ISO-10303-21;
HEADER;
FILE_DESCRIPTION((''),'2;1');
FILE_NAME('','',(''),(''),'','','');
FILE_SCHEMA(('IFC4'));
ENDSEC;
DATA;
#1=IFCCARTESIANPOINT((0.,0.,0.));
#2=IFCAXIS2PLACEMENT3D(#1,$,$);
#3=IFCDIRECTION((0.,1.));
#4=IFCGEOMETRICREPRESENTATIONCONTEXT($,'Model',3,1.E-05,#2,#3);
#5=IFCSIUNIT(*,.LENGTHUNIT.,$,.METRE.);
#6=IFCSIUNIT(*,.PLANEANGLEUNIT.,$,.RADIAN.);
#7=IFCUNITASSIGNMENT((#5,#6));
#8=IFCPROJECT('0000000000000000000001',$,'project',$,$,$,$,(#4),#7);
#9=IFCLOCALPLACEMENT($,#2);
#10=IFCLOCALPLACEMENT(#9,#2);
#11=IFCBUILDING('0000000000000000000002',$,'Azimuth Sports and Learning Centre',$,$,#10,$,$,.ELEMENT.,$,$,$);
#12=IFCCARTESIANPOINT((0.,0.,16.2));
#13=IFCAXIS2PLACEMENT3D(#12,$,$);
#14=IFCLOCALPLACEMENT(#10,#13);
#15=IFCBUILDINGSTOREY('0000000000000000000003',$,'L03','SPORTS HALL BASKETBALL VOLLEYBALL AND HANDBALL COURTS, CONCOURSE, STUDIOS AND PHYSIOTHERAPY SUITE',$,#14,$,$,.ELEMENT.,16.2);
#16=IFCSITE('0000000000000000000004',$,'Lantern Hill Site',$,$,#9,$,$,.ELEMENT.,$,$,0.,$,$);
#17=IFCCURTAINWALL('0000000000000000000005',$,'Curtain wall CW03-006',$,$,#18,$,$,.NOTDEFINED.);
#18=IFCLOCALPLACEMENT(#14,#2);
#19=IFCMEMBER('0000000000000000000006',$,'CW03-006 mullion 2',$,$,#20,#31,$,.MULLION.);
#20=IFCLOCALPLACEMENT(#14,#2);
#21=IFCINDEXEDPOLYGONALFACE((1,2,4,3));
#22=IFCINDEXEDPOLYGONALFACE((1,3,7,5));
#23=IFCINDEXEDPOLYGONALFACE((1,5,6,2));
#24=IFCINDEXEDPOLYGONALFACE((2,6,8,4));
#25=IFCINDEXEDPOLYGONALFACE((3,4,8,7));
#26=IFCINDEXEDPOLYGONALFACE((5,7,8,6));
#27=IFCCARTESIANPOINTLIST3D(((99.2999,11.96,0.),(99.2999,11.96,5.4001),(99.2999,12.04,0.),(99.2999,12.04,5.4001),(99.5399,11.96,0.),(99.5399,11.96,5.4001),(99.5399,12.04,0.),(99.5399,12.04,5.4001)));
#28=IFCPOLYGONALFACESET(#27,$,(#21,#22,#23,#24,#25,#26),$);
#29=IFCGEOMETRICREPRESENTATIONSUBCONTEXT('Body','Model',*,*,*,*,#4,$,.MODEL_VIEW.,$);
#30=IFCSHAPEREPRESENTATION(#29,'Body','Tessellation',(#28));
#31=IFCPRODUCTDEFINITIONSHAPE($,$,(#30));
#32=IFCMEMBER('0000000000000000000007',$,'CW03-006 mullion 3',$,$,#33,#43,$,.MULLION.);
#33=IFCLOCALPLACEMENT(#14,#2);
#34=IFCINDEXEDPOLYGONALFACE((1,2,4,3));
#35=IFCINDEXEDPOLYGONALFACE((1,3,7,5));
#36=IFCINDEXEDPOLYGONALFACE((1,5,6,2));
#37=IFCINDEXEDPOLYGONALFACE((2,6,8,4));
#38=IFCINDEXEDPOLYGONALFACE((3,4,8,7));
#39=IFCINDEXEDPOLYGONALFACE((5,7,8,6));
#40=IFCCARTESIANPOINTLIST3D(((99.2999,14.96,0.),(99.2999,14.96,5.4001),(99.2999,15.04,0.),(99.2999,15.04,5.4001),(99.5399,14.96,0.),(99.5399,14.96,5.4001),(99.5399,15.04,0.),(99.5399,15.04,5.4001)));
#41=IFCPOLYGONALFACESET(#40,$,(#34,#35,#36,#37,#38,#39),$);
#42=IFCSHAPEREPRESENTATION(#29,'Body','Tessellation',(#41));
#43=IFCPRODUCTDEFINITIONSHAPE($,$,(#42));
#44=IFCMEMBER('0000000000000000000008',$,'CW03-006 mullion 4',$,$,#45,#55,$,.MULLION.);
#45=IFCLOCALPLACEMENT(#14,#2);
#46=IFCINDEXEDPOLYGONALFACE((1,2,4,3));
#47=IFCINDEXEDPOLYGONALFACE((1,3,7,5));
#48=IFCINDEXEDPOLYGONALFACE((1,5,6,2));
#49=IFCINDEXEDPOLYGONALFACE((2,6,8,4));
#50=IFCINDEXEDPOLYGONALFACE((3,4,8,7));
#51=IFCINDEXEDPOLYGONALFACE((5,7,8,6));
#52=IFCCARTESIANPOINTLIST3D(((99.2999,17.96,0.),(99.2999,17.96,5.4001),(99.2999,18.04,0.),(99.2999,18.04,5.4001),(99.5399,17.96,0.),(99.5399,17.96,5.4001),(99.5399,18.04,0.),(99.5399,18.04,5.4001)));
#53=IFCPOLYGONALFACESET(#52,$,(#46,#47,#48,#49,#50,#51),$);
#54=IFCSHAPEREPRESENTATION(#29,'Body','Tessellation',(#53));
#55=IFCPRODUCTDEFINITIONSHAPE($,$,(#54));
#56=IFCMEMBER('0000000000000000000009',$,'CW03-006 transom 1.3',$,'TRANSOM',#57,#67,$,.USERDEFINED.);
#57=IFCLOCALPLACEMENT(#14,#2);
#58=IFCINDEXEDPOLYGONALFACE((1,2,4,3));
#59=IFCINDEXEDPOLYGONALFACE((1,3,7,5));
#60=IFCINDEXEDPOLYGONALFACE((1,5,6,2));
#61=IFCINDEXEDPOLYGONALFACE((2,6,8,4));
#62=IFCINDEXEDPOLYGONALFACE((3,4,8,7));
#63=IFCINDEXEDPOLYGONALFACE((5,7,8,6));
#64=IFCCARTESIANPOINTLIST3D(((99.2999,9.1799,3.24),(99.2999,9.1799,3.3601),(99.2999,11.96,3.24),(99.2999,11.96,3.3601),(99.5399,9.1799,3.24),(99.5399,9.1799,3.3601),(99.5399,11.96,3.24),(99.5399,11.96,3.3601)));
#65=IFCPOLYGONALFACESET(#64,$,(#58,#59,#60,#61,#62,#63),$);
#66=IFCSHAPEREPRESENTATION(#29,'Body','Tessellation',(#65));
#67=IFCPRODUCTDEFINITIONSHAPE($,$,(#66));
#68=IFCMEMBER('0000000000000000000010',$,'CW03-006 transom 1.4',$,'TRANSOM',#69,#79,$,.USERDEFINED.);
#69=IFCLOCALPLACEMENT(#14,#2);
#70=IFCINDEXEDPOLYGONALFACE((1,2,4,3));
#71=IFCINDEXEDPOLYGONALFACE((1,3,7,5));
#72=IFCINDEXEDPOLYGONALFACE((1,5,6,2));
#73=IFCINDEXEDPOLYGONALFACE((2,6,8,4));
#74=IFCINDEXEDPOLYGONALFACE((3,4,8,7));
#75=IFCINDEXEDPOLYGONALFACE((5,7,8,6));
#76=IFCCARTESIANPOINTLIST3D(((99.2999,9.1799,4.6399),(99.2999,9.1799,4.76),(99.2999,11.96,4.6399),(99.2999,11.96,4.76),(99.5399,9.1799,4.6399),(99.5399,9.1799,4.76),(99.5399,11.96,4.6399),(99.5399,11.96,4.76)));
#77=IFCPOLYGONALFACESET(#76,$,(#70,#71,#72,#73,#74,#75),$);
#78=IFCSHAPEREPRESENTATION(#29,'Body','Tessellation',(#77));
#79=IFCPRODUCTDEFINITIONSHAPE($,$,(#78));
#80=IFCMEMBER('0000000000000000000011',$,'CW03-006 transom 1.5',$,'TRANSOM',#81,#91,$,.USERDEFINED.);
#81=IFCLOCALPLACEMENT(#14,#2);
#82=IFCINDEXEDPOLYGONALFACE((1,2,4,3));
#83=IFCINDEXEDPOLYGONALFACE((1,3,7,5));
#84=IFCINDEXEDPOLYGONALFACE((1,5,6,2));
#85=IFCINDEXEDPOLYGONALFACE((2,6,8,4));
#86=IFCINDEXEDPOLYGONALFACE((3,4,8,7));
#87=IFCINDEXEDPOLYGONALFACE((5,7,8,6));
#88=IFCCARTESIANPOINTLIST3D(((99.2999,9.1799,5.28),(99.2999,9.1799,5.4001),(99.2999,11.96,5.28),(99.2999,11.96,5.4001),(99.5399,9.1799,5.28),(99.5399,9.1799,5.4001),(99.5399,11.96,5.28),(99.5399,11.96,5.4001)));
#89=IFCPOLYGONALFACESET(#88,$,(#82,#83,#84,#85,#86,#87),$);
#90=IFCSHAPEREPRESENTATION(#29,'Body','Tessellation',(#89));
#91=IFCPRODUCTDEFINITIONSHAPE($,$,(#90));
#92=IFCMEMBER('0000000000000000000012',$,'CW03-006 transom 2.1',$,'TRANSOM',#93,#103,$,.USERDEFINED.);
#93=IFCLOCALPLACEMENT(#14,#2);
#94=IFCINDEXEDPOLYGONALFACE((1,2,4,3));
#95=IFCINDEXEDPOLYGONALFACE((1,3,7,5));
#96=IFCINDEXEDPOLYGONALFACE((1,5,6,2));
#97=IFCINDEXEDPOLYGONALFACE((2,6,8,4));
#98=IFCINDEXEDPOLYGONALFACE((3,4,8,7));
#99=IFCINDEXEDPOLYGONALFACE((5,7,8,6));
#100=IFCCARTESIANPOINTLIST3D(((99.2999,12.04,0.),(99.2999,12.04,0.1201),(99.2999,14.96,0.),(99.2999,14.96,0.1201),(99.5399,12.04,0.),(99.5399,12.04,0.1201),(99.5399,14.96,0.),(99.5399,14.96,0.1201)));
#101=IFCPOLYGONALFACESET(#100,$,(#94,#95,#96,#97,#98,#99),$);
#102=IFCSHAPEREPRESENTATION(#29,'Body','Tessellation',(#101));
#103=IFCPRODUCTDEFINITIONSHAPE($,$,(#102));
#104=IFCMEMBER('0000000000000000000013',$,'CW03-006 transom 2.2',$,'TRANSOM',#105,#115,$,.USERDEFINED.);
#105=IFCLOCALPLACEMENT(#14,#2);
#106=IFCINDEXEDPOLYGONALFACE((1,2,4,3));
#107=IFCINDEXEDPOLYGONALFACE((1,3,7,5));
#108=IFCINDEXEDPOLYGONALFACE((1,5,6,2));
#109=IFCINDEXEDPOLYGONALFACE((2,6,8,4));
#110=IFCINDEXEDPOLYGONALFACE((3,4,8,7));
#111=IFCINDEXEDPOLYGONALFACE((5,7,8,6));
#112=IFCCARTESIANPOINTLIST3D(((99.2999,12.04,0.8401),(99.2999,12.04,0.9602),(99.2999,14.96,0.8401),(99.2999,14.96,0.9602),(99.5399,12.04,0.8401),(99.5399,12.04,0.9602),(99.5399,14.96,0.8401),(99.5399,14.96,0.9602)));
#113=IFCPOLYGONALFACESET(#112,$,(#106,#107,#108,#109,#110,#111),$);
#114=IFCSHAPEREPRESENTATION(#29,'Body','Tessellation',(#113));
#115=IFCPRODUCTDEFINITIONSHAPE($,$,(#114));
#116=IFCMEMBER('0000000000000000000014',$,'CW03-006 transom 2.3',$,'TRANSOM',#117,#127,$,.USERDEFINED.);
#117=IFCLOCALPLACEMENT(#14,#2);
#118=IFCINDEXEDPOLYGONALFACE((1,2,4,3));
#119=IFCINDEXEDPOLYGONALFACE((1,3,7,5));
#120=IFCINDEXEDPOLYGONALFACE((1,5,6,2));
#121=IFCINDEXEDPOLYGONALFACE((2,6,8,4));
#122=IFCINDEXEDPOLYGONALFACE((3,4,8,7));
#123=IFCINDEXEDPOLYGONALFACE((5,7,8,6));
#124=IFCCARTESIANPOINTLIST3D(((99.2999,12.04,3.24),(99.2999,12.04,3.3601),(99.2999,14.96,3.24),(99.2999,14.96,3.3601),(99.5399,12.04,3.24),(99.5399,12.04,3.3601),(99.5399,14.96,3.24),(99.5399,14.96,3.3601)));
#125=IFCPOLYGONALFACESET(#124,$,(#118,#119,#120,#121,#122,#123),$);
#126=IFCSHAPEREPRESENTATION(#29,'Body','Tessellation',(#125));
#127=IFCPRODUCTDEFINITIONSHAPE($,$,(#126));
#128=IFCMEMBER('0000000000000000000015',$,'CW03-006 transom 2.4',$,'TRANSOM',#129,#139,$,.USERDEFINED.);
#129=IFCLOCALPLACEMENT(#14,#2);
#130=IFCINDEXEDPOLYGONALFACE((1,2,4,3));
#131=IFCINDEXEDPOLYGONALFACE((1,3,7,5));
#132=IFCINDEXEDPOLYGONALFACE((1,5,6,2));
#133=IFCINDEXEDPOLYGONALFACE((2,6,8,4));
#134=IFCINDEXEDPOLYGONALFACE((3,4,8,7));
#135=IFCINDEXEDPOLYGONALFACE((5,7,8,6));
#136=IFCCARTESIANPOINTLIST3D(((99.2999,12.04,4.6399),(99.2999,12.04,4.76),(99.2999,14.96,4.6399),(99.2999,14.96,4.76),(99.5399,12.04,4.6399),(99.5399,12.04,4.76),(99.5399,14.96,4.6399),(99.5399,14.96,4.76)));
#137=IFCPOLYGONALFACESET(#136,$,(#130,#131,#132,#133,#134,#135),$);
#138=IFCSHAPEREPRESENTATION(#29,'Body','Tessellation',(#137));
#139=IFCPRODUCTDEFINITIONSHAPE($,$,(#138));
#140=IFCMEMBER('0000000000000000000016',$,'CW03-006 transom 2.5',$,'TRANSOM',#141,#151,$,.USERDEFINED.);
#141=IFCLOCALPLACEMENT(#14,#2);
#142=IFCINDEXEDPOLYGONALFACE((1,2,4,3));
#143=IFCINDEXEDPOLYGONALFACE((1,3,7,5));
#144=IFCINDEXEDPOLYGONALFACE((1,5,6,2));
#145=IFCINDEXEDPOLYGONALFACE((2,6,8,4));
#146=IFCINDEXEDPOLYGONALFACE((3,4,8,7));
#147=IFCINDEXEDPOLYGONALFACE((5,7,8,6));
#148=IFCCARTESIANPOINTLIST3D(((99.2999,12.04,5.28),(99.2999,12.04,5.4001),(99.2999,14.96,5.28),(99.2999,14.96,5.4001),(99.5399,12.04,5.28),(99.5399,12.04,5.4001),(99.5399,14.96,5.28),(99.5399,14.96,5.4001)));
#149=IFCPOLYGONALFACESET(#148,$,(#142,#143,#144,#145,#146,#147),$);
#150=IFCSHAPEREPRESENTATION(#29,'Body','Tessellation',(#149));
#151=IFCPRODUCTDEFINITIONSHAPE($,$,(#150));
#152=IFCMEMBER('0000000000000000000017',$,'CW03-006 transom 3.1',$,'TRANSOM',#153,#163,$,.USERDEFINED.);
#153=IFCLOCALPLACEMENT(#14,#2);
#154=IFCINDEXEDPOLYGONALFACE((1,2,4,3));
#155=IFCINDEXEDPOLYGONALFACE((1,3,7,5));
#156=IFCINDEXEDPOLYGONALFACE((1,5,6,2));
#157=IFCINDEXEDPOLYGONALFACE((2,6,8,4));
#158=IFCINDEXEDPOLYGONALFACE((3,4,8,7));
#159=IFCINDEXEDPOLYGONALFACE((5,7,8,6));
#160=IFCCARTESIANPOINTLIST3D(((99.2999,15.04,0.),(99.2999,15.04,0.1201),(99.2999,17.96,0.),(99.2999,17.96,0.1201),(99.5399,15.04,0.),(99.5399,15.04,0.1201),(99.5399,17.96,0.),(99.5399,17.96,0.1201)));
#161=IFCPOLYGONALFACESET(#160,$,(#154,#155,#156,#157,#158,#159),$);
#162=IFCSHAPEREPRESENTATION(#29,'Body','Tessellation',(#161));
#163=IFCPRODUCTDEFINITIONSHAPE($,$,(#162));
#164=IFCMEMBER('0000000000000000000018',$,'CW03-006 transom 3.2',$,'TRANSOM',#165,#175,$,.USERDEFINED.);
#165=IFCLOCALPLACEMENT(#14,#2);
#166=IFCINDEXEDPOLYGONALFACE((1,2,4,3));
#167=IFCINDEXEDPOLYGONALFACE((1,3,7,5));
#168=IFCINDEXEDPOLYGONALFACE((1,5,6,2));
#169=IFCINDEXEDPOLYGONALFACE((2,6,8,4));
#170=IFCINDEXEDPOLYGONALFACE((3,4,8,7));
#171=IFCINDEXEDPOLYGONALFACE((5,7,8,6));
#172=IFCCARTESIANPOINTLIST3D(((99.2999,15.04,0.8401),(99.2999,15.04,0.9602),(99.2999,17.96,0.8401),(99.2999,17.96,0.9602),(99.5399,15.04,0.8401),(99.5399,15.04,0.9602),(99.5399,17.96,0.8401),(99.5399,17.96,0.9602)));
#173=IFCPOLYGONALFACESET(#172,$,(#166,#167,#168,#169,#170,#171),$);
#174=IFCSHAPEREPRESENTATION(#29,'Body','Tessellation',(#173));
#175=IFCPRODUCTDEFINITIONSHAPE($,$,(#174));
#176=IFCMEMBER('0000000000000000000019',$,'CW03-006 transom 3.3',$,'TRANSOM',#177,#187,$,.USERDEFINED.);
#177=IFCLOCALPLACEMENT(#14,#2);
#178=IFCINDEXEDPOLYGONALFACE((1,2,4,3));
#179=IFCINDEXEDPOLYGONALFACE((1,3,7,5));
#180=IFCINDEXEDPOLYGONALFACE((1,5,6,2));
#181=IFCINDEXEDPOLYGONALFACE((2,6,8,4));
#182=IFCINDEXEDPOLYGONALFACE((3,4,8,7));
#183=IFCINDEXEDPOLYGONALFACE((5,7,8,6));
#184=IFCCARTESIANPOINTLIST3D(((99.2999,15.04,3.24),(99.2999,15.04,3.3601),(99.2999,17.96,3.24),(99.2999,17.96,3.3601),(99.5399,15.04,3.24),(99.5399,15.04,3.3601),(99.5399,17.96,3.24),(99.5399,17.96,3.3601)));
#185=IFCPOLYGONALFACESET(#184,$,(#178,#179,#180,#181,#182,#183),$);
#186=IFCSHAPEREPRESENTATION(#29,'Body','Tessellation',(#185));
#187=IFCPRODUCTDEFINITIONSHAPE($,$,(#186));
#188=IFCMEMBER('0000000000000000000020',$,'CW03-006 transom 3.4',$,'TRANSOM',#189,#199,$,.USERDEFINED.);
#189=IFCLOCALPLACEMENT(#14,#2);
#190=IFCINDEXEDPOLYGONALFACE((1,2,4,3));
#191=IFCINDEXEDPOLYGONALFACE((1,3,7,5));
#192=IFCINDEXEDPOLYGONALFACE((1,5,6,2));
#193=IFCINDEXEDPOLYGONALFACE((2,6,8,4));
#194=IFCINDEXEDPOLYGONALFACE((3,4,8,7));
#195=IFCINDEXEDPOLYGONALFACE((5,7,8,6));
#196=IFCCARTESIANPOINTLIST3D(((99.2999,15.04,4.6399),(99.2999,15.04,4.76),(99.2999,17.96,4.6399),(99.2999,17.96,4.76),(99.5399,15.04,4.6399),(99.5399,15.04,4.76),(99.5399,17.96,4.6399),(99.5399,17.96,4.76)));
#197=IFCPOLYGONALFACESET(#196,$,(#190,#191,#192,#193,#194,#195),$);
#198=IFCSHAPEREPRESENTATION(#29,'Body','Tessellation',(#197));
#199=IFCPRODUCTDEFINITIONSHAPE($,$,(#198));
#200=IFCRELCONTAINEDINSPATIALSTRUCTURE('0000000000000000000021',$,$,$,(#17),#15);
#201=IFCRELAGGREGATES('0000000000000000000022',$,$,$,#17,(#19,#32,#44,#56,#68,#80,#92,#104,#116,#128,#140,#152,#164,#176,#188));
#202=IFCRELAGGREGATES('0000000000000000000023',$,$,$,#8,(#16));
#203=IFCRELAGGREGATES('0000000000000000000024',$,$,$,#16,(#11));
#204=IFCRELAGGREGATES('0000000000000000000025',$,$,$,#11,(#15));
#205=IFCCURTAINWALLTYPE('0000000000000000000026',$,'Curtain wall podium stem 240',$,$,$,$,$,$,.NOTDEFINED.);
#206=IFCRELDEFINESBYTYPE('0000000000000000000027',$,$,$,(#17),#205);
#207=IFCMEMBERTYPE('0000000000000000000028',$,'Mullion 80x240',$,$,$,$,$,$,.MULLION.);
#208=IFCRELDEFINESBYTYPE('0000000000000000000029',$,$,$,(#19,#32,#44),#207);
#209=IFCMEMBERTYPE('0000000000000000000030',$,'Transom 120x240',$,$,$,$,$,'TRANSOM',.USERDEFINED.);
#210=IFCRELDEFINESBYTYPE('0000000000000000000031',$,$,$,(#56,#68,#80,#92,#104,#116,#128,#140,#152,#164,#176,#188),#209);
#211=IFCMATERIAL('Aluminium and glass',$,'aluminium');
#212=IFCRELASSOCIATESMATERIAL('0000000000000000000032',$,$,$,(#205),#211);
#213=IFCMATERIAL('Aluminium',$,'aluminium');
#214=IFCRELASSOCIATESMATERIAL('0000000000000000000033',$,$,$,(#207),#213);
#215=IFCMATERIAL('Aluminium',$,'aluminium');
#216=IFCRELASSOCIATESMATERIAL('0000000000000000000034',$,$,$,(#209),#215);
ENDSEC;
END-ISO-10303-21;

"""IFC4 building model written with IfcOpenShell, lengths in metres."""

from ifc_helpers import new_model, si_unit, direction, frame, origin, origin_2d, place, context, subcontext, project, spatial, rectangle, extrude, material, material_profile, profile_set, type_object, element, aggregate, save


model = new_model("IFC4")

# Units and contexts
model_context = context("Model", 3, precision=1e-05, world=origin(), true_north=direction((0.0, 1.0)))
body_context = subcontext(model_context, "Body", "Model", "MODEL_VIEW")
ifc_project = project(units=[si_unit("LENGTHUNIT", "METRE"), si_unit("PLANEANGLEUNIT", "RADIAN")], contexts=[model_context])

# Site, building, storey
site_placement = place(None, origin())
site = spatial("IfcSite", under=ifc_project, at=site_placement, Name="Lantern Hill Site", CompositionType="ELEMENT", RefElevation=0.0)
building_placement = place(site_placement, origin())
building = spatial("IfcBuilding", under=site, at=building_placement, Name="Azimuth Sports and Learning Centre", CompositionType="ELEMENT")
storey_placement = place(building_placement, frame((0.0, 0.0, 16.2)))
storey = spatial("IfcBuildingStorey", under=building, at=storey_placement, Name="L03", Description="SPORTS HALL BASKETBALL VOLLEYBALL AND HANDBALL COURTS, CONCOURSE, STUDIOS AND PHYSIOTHERAPY SUITE", CompositionType="ELEMENT", Elevation=16.2)

# Curtain wall, members
ifc_material_1 = material(Name="Aluminium and glass", Category="aluminium")
curtain_wall_type = type_object("IfcCurtainWallType", Name="Curtain wall podium stem 240", PredefinedType="NOTDEFINED", material=ifc_material_1)
curtain_wall_placement = place(storey_placement, origin())
curtain_wall = element("IfcCurtainWall", 1, at=curtain_wall_placement, inside=storey, type_object=curtain_wall_type, Name="Curtain wall CW03-006", PredefinedType="NOTDEFINED")
ifc_material_2 = material(Name="Aluminium", Category="aluminium")
ifc_material_profile_1 = material_profile(ifc_material_2, rectangle(XDim=0.24, YDim=0.0801, at=origin_2d()), Name="Mullion 80x240")
ifc_profile_set_1 = profile_set([ifc_material_profile_1], Name="Aluminium")
member_type_1 = type_object("IfcMemberType", Name="Mullion 80x240", PredefinedType="MULLION", material=ifc_profile_set_1)
member_1_placement = place(storey_placement, frame((99.4199, 12.0, 0.0), z_axis=(0.0, 0.0, 1.0), x_axis=(-1.0, 0.0, 0.0)))
member_1 = element("IfcMember", 2, at=member_1_placement, type_object=member_type_1, Name="CW03-006 mullion 2", PredefinedType="MULLION", context=body_context, shape_type="SweptSolid", body=[
    extrude(rectangle(XDim=0.24, YDim=0.0801, at=origin_2d()), origin(), (0.0, 0.0, 1.0), 5.4001),
])
member_2_placement = place(storey_placement, frame((99.4199, 15.0, 0.0), z_axis=(0.0, 0.0, 1.0), x_axis=(-1.0, 0.0, 0.0)))
member_2 = element("IfcMember", 3, at=member_2_placement, type_object=member_type_1, Name="CW03-006 mullion 3", PredefinedType="MULLION", context=body_context, shape_type="SweptSolid", body=[
    extrude(rectangle(XDim=0.24, YDim=0.0801, at=origin_2d()), origin(), (0.0, 0.0, 1.0), 5.4001),
])
member_3_placement = place(storey_placement, frame((99.4199, 18.0, 0.0), z_axis=(0.0, 0.0, 1.0), x_axis=(-1.0, 0.0, 0.0)))
member_3 = element("IfcMember", 4, at=member_3_placement, type_object=member_type_1, Name="CW03-006 mullion 4", PredefinedType="MULLION", context=body_context, shape_type="SweptSolid", body=[
    extrude(rectangle(XDim=0.24, YDim=0.0801, at=origin_2d()), origin(), (0.0, 0.0, 1.0), 5.4001),
])
ifc_material_3 = material(Name="Aluminium", Category="aluminium")
ifc_material_profile_2 = material_profile(ifc_material_3, rectangle(XDim=0.24, YDim=0.1201, at=origin_2d()), Name="Transom 120x240")
ifc_profile_set_2 = profile_set([ifc_material_profile_2], Name="Aluminium")
member_type_2 = type_object("IfcMemberType", Name="Transom 120x240", ElementType="TRANSOM", PredefinedType="USERDEFINED", material=ifc_profile_set_2)
member_4_placement = place(storey_placement, frame((99.4199, 9.1799, 3.3), z_axis=(0.0, 1.0, 0.0), x_axis=(-1.0, 0.0, 0.0)))
member_4 = element("IfcMember", 5, at=member_4_placement, type_object=member_type_2, Name="CW03-006 transom 1.3", ObjectType="TRANSOM", PredefinedType="USERDEFINED", context=body_context, shape_type="SweptSolid", body=[
    extrude(rectangle(XDim=0.24, YDim=0.1201, at=origin_2d()), origin(), (0.0, 0.0, 1.0), 2.78),
])
member_5_placement = place(storey_placement, frame((99.4199, 9.1799, 4.7), z_axis=(0.0, 1.0, 0.0), x_axis=(-1.0, 0.0, 0.0)))
member_5 = element("IfcMember", 6, at=member_5_placement, type_object=member_type_2, Name="CW03-006 transom 1.4", ObjectType="TRANSOM", PredefinedType="USERDEFINED", context=body_context, shape_type="SweptSolid", body=[
    extrude(rectangle(XDim=0.24, YDim=0.1201, at=origin_2d()), origin(), (0.0, 0.0, 1.0), 2.78),
])
member_6_placement = place(storey_placement, frame((99.4199, 9.1799, 5.3401), z_axis=(0.0, 1.0, 0.0), x_axis=(-1.0, 0.0, 0.0)))
member_6 = element("IfcMember", 7, at=member_6_placement, type_object=member_type_2, Name="CW03-006 transom 1.5", ObjectType="TRANSOM", PredefinedType="USERDEFINED", context=body_context, shape_type="SweptSolid", body=[
    extrude(rectangle(XDim=0.24, YDim=0.1201, at=origin_2d()), origin(), (0.0, 0.0, 1.0), 2.78),
])
member_7_placement = place(storey_placement, frame((99.4199, 12.04, 0.0601), z_axis=(0.0, 1.0, 0.0), x_axis=(-1.0, 0.0, 0.0)))
member_7 = element("IfcMember", 8, at=member_7_placement, type_object=member_type_2, Name="CW03-006 transom 2.1", ObjectType="TRANSOM", PredefinedType="USERDEFINED", context=body_context, shape_type="SweptSolid", body=[
    extrude(rectangle(XDim=0.24, YDim=0.1201, at=origin_2d()), origin(), (0.0, 0.0, 1.0), 2.9199),
])
member_8_placement = place(storey_placement, frame((99.4199, 12.04, 0.9001), z_axis=(0.0, 1.0, 0.0), x_axis=(-1.0, 0.0, 0.0)))
member_8 = element("IfcMember", 9, at=member_8_placement, type_object=member_type_2, Name="CW03-006 transom 2.2", ObjectType="TRANSOM", PredefinedType="USERDEFINED", context=body_context, shape_type="SweptSolid", body=[
    extrude(rectangle(XDim=0.24, YDim=0.1201, at=origin_2d()), origin(), (0.0, 0.0, 1.0), 2.9199),
])
member_9_placement = place(storey_placement, frame((99.4199, 12.04, 3.3), z_axis=(0.0, 1.0, 0.0), x_axis=(-1.0, 0.0, 0.0)))
member_9 = element("IfcMember", 10, at=member_9_placement, type_object=member_type_2, Name="CW03-006 transom 2.3", ObjectType="TRANSOM", PredefinedType="USERDEFINED", context=body_context, shape_type="SweptSolid", body=[
    extrude(rectangle(XDim=0.24, YDim=0.1201, at=origin_2d()), origin(), (0.0, 0.0, 1.0), 2.9199),
])
member_10_placement = place(storey_placement, frame((99.4199, 12.04, 4.7), z_axis=(0.0, 1.0, 0.0), x_axis=(-1.0, 0.0, 0.0)))
member_10 = element("IfcMember", 11, at=member_10_placement, type_object=member_type_2, Name="CW03-006 transom 2.4", ObjectType="TRANSOM", PredefinedType="USERDEFINED", context=body_context, shape_type="SweptSolid", body=[
    extrude(rectangle(XDim=0.24, YDim=0.1201, at=origin_2d()), origin(), (0.0, 0.0, 1.0), 2.9199),
])
member_11_placement = place(storey_placement, frame((99.4199, 12.04, 5.3401), z_axis=(0.0, 1.0, 0.0), x_axis=(-1.0, 0.0, 0.0)))
member_11 = element("IfcMember", 12, at=member_11_placement, type_object=member_type_2, Name="CW03-006 transom 2.5", ObjectType="TRANSOM", PredefinedType="USERDEFINED", context=body_context, shape_type="SweptSolid", body=[
    extrude(rectangle(XDim=0.24, YDim=0.1201, at=origin_2d()), origin(), (0.0, 0.0, 1.0), 2.9199),
])
member_12_placement = place(storey_placement, frame((99.4199, 15.04, 0.0601), z_axis=(0.0, 1.0, 0.0), x_axis=(-1.0, 0.0, 0.0)))
member_12 = element("IfcMember", 13, at=member_12_placement, type_object=member_type_2, Name="CW03-006 transom 3.1", ObjectType="TRANSOM", PredefinedType="USERDEFINED", context=body_context, shape_type="SweptSolid", body=[
    extrude(rectangle(XDim=0.24, YDim=0.1201, at=origin_2d()), origin(), (0.0, 0.0, 1.0), 2.9199),
])
member_13_placement = place(storey_placement, frame((99.4199, 15.04, 0.9001), z_axis=(0.0, 1.0, 0.0), x_axis=(-1.0, 0.0, 0.0)))
member_13 = element("IfcMember", 14, at=member_13_placement, type_object=member_type_2, Name="CW03-006 transom 3.2", ObjectType="TRANSOM", PredefinedType="USERDEFINED", context=body_context, shape_type="SweptSolid", body=[
    extrude(rectangle(XDim=0.24, YDim=0.1201, at=origin_2d()), origin(), (0.0, 0.0, 1.0), 2.9199),
])
member_14_placement = place(storey_placement, frame((99.4199, 15.04, 3.3), z_axis=(0.0, 1.0, 0.0), x_axis=(-1.0, 0.0, 0.0)))
member_14 = element("IfcMember", 15, at=member_14_placement, type_object=member_type_2, Name="CW03-006 transom 3.3", ObjectType="TRANSOM", PredefinedType="USERDEFINED", context=body_context, shape_type="SweptSolid", body=[
    extrude(rectangle(XDim=0.24, YDim=0.1201, at=origin_2d()), origin(), (0.0, 0.0, 1.0), 2.9199),
])
member_15_placement = place(storey_placement, frame((99.4199, 15.04, 4.7), z_axis=(0.0, 1.0, 0.0), x_axis=(-1.0, 0.0, 0.0)))
member_15 = element("IfcMember", 16, at=member_15_placement, type_object=member_type_2, Name="CW03-006 transom 3.4", ObjectType="TRANSOM", PredefinedType="USERDEFINED", context=body_context, shape_type="SweptSolid", body=[
    extrude(rectangle(XDim=0.24, YDim=0.1201, at=origin_2d()), origin(), (0.0, 0.0, 1.0), 2.9199),
])
aggregate(curtain_wall, [member_1, member_2, member_3, member_4, member_5, member_6, member_7, member_8, member_9, member_10, member_11, member_12, member_13, member_14, member_15])

save(model, "model.ifc")
